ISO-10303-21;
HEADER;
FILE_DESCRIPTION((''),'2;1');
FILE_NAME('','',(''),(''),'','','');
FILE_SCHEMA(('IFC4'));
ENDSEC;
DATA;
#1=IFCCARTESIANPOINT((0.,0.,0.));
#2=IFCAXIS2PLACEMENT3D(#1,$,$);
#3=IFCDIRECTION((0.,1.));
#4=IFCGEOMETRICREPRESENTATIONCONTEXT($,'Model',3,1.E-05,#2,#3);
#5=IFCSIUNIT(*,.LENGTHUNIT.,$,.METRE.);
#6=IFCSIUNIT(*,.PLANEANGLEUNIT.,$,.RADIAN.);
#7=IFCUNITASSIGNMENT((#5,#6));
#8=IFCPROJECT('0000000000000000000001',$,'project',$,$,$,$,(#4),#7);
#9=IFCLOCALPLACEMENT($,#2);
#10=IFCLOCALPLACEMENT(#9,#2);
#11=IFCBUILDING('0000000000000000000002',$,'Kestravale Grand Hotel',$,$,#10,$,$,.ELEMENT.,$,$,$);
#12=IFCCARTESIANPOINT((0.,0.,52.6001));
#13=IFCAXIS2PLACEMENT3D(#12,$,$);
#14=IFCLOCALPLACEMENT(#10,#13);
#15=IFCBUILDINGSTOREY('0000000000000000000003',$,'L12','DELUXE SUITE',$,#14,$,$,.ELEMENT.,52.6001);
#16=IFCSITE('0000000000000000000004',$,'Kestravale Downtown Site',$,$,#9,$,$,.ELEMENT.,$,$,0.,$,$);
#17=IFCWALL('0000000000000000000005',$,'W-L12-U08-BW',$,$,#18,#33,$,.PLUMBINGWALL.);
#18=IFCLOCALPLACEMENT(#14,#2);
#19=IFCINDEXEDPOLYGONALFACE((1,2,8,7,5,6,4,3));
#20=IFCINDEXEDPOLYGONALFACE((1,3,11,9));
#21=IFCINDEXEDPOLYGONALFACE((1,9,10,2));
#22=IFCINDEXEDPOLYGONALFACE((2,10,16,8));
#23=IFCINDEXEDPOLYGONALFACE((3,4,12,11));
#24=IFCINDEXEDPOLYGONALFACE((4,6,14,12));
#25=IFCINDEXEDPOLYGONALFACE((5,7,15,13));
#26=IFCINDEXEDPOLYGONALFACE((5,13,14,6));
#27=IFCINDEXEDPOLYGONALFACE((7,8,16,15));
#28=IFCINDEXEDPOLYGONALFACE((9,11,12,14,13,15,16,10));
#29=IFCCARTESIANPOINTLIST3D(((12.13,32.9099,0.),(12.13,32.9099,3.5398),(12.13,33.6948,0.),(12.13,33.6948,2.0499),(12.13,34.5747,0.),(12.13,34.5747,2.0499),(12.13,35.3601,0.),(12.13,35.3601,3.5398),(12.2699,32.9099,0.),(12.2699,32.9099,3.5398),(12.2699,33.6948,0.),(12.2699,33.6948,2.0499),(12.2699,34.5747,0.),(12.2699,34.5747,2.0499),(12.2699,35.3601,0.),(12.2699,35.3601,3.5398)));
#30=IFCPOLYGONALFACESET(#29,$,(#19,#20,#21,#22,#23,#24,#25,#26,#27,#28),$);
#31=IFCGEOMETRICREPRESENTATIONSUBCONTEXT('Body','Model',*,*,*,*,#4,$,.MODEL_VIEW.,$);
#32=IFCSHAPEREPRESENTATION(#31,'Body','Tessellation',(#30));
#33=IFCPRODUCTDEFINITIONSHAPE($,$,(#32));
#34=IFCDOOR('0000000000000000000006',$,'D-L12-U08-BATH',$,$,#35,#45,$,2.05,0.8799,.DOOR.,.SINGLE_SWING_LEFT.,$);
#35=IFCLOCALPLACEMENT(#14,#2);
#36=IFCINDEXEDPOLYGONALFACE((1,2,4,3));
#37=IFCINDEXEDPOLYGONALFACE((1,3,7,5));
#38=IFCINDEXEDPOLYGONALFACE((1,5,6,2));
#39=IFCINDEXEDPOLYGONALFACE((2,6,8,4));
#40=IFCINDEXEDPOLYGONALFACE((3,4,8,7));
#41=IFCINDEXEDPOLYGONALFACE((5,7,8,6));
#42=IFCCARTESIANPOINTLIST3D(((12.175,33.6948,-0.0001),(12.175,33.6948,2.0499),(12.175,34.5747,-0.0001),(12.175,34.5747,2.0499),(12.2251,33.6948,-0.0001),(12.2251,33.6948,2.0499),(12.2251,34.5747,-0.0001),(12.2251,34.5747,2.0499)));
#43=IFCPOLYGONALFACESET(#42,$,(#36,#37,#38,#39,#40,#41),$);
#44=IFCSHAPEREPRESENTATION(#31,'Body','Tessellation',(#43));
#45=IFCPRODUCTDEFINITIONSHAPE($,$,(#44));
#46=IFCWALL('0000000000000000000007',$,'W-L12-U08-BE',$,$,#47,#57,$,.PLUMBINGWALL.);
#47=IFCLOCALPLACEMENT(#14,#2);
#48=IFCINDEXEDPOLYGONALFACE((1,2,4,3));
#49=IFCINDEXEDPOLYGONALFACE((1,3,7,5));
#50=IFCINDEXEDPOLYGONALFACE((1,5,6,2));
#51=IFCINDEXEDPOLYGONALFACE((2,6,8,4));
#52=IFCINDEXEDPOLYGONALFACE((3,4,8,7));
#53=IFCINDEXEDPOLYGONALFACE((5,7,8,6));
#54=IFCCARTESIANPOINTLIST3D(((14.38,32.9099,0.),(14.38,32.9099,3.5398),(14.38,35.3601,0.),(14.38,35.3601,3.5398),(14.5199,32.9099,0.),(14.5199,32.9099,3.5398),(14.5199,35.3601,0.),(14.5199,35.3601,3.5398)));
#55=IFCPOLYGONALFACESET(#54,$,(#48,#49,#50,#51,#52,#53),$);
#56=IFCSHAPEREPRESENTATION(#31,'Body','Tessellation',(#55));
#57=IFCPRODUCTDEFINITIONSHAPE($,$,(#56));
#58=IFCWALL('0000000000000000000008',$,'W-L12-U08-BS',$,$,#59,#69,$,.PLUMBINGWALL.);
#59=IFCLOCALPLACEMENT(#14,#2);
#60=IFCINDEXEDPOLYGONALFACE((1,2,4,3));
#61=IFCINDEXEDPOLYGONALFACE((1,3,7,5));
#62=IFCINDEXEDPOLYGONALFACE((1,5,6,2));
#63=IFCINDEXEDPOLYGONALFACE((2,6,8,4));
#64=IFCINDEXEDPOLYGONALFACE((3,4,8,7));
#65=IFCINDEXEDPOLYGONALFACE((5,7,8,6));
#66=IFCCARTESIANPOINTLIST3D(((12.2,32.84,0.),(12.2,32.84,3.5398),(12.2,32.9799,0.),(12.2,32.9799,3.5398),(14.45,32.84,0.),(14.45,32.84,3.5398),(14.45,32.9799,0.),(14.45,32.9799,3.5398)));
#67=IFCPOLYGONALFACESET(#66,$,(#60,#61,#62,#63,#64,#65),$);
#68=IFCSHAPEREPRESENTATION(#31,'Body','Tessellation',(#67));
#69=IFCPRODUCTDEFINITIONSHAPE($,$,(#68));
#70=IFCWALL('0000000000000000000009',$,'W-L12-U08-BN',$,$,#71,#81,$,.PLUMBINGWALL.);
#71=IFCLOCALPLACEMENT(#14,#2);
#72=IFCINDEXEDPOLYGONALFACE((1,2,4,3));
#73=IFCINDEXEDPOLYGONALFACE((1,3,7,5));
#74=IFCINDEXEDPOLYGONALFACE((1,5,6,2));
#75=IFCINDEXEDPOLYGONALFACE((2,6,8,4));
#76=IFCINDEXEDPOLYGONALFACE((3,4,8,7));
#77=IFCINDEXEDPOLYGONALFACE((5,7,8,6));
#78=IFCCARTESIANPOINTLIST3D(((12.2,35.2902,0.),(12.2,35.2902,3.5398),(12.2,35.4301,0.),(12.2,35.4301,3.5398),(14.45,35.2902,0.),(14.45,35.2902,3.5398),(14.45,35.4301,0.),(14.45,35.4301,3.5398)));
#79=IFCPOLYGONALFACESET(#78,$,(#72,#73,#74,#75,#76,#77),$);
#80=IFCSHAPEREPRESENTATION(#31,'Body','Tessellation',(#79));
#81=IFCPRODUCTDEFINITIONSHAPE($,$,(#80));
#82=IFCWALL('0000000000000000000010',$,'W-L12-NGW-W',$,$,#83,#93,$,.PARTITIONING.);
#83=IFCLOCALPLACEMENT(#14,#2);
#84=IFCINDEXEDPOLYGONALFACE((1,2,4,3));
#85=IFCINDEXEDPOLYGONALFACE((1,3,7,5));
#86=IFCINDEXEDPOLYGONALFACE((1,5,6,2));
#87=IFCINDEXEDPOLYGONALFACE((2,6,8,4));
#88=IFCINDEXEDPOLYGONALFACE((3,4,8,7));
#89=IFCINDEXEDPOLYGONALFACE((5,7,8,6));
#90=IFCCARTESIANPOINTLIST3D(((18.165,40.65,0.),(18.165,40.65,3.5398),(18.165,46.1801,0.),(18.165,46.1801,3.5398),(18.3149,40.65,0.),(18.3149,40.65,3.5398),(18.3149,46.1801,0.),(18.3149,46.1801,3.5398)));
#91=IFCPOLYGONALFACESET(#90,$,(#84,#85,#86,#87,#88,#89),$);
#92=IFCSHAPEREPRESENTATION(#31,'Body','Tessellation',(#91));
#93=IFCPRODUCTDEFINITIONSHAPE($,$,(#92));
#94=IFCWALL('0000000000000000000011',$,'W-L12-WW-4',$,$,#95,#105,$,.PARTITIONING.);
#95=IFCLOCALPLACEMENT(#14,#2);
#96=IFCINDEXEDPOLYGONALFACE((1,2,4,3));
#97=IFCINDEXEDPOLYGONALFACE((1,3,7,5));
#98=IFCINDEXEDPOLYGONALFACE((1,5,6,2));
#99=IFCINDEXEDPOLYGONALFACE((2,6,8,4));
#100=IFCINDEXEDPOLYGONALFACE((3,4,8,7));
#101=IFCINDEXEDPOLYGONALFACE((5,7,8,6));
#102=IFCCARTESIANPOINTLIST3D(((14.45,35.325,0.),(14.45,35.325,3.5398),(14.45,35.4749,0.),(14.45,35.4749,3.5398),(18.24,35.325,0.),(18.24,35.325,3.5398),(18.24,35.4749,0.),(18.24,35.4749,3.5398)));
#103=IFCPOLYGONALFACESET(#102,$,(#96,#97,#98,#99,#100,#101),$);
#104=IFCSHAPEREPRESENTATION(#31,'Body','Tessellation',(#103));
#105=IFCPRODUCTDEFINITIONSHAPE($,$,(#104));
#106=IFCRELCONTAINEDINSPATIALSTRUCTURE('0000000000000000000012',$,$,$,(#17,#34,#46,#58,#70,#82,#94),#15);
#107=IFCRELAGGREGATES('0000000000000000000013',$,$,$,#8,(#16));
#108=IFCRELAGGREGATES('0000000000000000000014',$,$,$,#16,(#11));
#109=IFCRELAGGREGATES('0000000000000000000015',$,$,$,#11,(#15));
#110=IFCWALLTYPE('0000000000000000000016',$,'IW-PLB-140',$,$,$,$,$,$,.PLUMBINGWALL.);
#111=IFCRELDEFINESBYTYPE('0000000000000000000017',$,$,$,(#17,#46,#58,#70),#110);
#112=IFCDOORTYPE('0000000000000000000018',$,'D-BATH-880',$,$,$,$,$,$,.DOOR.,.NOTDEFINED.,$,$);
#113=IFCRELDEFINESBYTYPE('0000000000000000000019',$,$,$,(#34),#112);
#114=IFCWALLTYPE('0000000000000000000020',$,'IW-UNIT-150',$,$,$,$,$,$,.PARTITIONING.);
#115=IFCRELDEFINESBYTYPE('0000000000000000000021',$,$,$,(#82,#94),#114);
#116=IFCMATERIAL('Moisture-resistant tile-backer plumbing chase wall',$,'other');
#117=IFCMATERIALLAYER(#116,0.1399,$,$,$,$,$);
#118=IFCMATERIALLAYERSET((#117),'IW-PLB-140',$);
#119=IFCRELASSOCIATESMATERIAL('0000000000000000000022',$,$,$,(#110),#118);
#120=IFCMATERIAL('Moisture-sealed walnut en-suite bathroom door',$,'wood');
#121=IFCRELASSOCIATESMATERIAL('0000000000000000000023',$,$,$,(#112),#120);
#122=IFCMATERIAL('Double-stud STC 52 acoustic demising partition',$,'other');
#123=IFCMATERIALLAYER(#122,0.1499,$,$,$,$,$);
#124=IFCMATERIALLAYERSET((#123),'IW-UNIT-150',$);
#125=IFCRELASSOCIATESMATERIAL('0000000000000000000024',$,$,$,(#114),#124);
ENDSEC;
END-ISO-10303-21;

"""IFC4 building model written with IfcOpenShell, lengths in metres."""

from ifc_helpers import new_model, si_unit, direction, frame, frame_2d, origin, place, context, subcontext, project, spatial, rectangle, extrude, material, layer, layer_set, type_object, element, fill, save


model = new_model("IFC4")

# Units and contexts
model_context = context("Model", 3, precision=1e-05, world=origin(), true_north=direction((0.0, 1.0)))
body_context = subcontext(model_context, "Body", "Model", "MODEL_VIEW")
ifc_project = project(units=[si_unit("LENGTHUNIT", "METRE"), si_unit("PLANEANGLEUNIT", "RADIAN")], contexts=[model_context])

# Site, building, storey
site_placement = place(None, origin())
site = spatial("IfcSite", under=ifc_project, at=site_placement, Name="Kestravale Downtown Site", CompositionType="ELEMENT", RefElevation=0.0)
building_placement = place(site_placement, origin())
building = spatial("IfcBuilding", under=site, at=building_placement, Name="Kestravale Grand Hotel", CompositionType="ELEMENT")
storey_placement = place(building_placement, frame((0.0, 0.0, 52.6001)))
storey = spatial("IfcBuildingStorey", under=building, at=storey_placement, Name="L12", Description="DELUXE SUITE", CompositionType="ELEMENT", Elevation=52.6001)

# Wall, opening, door
ifc_material_1 = material(Name="Moisture-resistant tile-backer plumbing chase wall", Category="other")
ifc_layer_1 = layer(ifc_material_1, 0.1399)
ifc_layer_set_1 = layer_set([ifc_layer_1], Name="IW-PLB-140")
wall_type_1 = type_object("IfcWallType", Name="IW-PLB-140", PredefinedType="PLUMBINGWALL", material=ifc_layer_set_1)
wall_1_placement = place(storey_placement, frame((12.2, 32.9099, 0.0), z_axis=(0.0, 0.0, 1.0), x_axis=(0.0, 1.0, 0.0)))
wall_1 = element("IfcWall", 1, at=wall_1_placement, inside=storey, type_object=wall_type_1, Name="W-L12-U08-BW", PredefinedType="PLUMBINGWALL", context=body_context, shape_type="SweptSolid", body=[
    extrude(rectangle(XDim=2.4502, YDim=0.1399, at=frame_2d((1.2251, 0.0))), origin(), (0.0, 0.0, 1.0), 3.5398),
])
opening_1_placement = place(wall_1_placement, frame((0.7849, 0.0, 0.0)))
opening_1 = element("IfcOpeningElement", 2, at=opening_1_placement, cuts=wall_1, PredefinedType="OPENING", context=body_context, shape_type="SweptSolid", body=[
    extrude(rectangle(XDim=0.8799, YDim=2.05, at=frame_2d((0.4399, 1.0249))), frame((0.0, 0.0798, 0.0), z_axis=(0.0, -1.0, 0.0), x_axis=(1.0, 0.0, 0.0)), (0.0, 0.0, 1.0), 0.1599),
])
ifc_material_2 = material(Name="Moisture-sealed walnut en-suite bathroom door", Category="wood")
door_type_1 = type_object("IfcDoorType", Name="D-BATH-880", OperationType="NOTDEFINED", PredefinedType="DOOR", material=ifc_material_2)
door_1_placement = place(opening_1_placement, origin())
door_1 = element("IfcDoor", 3, at=door_1_placement, inside=storey, type_object=door_type_1, Name="D-L12-U08-BATH", OperationType="SINGLE_SWING_LEFT", OverallHeight=2.05, OverallWidth=0.8799, PredefinedType="DOOR", context=body_context, shape_type="SweptSolid", body=[
    extrude(rectangle(XDim=0.8799, YDim=2.05, at=frame_2d((0.4399, 1.0249))), frame((0.0, 0.0249, 0.0), z_axis=(0.0, -1.0, 0.0), x_axis=(1.0, 0.0, 0.0)), (0.0, 0.0, 1.0), 0.05),
])
fill(opening_1, door_1)

# Walls
wall_2_placement = place(storey_placement, frame((14.45, 32.9099, 0.0), z_axis=(0.0, 0.0, 1.0), x_axis=(0.0, 1.0, 0.0)))
element("IfcWall", 4, at=wall_2_placement, inside=storey, type_object=wall_type_1, Name="W-L12-U08-BE", PredefinedType="PLUMBINGWALL", context=body_context, shape_type="SweptSolid", body=[
    extrude(rectangle(XDim=2.4502, YDim=0.1399, at=frame_2d((1.2251, 0.0))), origin(), (0.0, 0.0, 1.0), 3.5398),
])
for number, where, z_axis, x_axis, name in (
    (5, (12.2, 32.9099, 0.0), (0.0, 0.0, 1.0), (1.0, 0.0, 0.0), "W-L12-U08-BS"),
    (6, (12.2, 35.3601, 0.0), (0.0, 0.0, 1.0), (1.0, 0.0, 0.0), "W-L12-U08-BN"),
):
    element("IfcWall", number, at=place(storey_placement, frame(where, z_axis=z_axis, x_axis=x_axis)), inside=storey, type_object=wall_type_1, Name=name, PredefinedType="PLUMBINGWALL", context=body_context, shape_type="SweptSolid", body=[
        extrude(rectangle(XDim=2.25, YDim=0.1399, at=frame_2d((1.125, 0.0))), origin(), (0.0, 0.0, 1.0), 3.5398),
    ])

# Shared definitions
ifc_material_3 = material(Name="Double-stud STC 52 acoustic demising partition", Category="other")
ifc_layer_2 = layer(ifc_material_3, 0.1499)
ifc_layer_set_2 = layer_set([ifc_layer_2], Name="IW-UNIT-150")
wall_type_2 = type_object("IfcWallType", Name="IW-UNIT-150", PredefinedType="PARTITIONING", material=ifc_layer_set_2)

# Walls
wall_3_placement = place(storey_placement, frame((18.24, 40.6499, 0.0), z_axis=(0.0, 0.0, 1.0), x_axis=(0.0, 1.0, 0.0)))
element("IfcWall", 7, at=wall_3_placement, inside=storey, type_object=wall_type_2, Name="W-L12-NGW-W", PredefinedType="PARTITIONING", context=body_context, shape_type="SweptSolid", body=[
    extrude(rectangle(XDim=5.53, YDim=0.1499, at=frame_2d((2.7651, 0.0))), origin(), (0.0, 0.0, 1.0), 3.5398),
])
wall_4_placement = place(storey_placement, frame((14.45, 35.3999, 0.0), z_axis=(0.0, 0.0, 1.0), x_axis=(1.0, 0.0, 0.0)))
element("IfcWall", 8, at=wall_4_placement, inside=storey, type_object=wall_type_2, Name="W-L12-WW-4", PredefinedType="PARTITIONING", context=body_context, shape_type="SweptSolid", body=[
    extrude(rectangle(XDim=3.79, YDim=0.1499, at=frame_2d((1.895, 0.0))), origin(), (0.0, 0.0, 1.0), 3.5398),
])

save(model, "model.ifc")
